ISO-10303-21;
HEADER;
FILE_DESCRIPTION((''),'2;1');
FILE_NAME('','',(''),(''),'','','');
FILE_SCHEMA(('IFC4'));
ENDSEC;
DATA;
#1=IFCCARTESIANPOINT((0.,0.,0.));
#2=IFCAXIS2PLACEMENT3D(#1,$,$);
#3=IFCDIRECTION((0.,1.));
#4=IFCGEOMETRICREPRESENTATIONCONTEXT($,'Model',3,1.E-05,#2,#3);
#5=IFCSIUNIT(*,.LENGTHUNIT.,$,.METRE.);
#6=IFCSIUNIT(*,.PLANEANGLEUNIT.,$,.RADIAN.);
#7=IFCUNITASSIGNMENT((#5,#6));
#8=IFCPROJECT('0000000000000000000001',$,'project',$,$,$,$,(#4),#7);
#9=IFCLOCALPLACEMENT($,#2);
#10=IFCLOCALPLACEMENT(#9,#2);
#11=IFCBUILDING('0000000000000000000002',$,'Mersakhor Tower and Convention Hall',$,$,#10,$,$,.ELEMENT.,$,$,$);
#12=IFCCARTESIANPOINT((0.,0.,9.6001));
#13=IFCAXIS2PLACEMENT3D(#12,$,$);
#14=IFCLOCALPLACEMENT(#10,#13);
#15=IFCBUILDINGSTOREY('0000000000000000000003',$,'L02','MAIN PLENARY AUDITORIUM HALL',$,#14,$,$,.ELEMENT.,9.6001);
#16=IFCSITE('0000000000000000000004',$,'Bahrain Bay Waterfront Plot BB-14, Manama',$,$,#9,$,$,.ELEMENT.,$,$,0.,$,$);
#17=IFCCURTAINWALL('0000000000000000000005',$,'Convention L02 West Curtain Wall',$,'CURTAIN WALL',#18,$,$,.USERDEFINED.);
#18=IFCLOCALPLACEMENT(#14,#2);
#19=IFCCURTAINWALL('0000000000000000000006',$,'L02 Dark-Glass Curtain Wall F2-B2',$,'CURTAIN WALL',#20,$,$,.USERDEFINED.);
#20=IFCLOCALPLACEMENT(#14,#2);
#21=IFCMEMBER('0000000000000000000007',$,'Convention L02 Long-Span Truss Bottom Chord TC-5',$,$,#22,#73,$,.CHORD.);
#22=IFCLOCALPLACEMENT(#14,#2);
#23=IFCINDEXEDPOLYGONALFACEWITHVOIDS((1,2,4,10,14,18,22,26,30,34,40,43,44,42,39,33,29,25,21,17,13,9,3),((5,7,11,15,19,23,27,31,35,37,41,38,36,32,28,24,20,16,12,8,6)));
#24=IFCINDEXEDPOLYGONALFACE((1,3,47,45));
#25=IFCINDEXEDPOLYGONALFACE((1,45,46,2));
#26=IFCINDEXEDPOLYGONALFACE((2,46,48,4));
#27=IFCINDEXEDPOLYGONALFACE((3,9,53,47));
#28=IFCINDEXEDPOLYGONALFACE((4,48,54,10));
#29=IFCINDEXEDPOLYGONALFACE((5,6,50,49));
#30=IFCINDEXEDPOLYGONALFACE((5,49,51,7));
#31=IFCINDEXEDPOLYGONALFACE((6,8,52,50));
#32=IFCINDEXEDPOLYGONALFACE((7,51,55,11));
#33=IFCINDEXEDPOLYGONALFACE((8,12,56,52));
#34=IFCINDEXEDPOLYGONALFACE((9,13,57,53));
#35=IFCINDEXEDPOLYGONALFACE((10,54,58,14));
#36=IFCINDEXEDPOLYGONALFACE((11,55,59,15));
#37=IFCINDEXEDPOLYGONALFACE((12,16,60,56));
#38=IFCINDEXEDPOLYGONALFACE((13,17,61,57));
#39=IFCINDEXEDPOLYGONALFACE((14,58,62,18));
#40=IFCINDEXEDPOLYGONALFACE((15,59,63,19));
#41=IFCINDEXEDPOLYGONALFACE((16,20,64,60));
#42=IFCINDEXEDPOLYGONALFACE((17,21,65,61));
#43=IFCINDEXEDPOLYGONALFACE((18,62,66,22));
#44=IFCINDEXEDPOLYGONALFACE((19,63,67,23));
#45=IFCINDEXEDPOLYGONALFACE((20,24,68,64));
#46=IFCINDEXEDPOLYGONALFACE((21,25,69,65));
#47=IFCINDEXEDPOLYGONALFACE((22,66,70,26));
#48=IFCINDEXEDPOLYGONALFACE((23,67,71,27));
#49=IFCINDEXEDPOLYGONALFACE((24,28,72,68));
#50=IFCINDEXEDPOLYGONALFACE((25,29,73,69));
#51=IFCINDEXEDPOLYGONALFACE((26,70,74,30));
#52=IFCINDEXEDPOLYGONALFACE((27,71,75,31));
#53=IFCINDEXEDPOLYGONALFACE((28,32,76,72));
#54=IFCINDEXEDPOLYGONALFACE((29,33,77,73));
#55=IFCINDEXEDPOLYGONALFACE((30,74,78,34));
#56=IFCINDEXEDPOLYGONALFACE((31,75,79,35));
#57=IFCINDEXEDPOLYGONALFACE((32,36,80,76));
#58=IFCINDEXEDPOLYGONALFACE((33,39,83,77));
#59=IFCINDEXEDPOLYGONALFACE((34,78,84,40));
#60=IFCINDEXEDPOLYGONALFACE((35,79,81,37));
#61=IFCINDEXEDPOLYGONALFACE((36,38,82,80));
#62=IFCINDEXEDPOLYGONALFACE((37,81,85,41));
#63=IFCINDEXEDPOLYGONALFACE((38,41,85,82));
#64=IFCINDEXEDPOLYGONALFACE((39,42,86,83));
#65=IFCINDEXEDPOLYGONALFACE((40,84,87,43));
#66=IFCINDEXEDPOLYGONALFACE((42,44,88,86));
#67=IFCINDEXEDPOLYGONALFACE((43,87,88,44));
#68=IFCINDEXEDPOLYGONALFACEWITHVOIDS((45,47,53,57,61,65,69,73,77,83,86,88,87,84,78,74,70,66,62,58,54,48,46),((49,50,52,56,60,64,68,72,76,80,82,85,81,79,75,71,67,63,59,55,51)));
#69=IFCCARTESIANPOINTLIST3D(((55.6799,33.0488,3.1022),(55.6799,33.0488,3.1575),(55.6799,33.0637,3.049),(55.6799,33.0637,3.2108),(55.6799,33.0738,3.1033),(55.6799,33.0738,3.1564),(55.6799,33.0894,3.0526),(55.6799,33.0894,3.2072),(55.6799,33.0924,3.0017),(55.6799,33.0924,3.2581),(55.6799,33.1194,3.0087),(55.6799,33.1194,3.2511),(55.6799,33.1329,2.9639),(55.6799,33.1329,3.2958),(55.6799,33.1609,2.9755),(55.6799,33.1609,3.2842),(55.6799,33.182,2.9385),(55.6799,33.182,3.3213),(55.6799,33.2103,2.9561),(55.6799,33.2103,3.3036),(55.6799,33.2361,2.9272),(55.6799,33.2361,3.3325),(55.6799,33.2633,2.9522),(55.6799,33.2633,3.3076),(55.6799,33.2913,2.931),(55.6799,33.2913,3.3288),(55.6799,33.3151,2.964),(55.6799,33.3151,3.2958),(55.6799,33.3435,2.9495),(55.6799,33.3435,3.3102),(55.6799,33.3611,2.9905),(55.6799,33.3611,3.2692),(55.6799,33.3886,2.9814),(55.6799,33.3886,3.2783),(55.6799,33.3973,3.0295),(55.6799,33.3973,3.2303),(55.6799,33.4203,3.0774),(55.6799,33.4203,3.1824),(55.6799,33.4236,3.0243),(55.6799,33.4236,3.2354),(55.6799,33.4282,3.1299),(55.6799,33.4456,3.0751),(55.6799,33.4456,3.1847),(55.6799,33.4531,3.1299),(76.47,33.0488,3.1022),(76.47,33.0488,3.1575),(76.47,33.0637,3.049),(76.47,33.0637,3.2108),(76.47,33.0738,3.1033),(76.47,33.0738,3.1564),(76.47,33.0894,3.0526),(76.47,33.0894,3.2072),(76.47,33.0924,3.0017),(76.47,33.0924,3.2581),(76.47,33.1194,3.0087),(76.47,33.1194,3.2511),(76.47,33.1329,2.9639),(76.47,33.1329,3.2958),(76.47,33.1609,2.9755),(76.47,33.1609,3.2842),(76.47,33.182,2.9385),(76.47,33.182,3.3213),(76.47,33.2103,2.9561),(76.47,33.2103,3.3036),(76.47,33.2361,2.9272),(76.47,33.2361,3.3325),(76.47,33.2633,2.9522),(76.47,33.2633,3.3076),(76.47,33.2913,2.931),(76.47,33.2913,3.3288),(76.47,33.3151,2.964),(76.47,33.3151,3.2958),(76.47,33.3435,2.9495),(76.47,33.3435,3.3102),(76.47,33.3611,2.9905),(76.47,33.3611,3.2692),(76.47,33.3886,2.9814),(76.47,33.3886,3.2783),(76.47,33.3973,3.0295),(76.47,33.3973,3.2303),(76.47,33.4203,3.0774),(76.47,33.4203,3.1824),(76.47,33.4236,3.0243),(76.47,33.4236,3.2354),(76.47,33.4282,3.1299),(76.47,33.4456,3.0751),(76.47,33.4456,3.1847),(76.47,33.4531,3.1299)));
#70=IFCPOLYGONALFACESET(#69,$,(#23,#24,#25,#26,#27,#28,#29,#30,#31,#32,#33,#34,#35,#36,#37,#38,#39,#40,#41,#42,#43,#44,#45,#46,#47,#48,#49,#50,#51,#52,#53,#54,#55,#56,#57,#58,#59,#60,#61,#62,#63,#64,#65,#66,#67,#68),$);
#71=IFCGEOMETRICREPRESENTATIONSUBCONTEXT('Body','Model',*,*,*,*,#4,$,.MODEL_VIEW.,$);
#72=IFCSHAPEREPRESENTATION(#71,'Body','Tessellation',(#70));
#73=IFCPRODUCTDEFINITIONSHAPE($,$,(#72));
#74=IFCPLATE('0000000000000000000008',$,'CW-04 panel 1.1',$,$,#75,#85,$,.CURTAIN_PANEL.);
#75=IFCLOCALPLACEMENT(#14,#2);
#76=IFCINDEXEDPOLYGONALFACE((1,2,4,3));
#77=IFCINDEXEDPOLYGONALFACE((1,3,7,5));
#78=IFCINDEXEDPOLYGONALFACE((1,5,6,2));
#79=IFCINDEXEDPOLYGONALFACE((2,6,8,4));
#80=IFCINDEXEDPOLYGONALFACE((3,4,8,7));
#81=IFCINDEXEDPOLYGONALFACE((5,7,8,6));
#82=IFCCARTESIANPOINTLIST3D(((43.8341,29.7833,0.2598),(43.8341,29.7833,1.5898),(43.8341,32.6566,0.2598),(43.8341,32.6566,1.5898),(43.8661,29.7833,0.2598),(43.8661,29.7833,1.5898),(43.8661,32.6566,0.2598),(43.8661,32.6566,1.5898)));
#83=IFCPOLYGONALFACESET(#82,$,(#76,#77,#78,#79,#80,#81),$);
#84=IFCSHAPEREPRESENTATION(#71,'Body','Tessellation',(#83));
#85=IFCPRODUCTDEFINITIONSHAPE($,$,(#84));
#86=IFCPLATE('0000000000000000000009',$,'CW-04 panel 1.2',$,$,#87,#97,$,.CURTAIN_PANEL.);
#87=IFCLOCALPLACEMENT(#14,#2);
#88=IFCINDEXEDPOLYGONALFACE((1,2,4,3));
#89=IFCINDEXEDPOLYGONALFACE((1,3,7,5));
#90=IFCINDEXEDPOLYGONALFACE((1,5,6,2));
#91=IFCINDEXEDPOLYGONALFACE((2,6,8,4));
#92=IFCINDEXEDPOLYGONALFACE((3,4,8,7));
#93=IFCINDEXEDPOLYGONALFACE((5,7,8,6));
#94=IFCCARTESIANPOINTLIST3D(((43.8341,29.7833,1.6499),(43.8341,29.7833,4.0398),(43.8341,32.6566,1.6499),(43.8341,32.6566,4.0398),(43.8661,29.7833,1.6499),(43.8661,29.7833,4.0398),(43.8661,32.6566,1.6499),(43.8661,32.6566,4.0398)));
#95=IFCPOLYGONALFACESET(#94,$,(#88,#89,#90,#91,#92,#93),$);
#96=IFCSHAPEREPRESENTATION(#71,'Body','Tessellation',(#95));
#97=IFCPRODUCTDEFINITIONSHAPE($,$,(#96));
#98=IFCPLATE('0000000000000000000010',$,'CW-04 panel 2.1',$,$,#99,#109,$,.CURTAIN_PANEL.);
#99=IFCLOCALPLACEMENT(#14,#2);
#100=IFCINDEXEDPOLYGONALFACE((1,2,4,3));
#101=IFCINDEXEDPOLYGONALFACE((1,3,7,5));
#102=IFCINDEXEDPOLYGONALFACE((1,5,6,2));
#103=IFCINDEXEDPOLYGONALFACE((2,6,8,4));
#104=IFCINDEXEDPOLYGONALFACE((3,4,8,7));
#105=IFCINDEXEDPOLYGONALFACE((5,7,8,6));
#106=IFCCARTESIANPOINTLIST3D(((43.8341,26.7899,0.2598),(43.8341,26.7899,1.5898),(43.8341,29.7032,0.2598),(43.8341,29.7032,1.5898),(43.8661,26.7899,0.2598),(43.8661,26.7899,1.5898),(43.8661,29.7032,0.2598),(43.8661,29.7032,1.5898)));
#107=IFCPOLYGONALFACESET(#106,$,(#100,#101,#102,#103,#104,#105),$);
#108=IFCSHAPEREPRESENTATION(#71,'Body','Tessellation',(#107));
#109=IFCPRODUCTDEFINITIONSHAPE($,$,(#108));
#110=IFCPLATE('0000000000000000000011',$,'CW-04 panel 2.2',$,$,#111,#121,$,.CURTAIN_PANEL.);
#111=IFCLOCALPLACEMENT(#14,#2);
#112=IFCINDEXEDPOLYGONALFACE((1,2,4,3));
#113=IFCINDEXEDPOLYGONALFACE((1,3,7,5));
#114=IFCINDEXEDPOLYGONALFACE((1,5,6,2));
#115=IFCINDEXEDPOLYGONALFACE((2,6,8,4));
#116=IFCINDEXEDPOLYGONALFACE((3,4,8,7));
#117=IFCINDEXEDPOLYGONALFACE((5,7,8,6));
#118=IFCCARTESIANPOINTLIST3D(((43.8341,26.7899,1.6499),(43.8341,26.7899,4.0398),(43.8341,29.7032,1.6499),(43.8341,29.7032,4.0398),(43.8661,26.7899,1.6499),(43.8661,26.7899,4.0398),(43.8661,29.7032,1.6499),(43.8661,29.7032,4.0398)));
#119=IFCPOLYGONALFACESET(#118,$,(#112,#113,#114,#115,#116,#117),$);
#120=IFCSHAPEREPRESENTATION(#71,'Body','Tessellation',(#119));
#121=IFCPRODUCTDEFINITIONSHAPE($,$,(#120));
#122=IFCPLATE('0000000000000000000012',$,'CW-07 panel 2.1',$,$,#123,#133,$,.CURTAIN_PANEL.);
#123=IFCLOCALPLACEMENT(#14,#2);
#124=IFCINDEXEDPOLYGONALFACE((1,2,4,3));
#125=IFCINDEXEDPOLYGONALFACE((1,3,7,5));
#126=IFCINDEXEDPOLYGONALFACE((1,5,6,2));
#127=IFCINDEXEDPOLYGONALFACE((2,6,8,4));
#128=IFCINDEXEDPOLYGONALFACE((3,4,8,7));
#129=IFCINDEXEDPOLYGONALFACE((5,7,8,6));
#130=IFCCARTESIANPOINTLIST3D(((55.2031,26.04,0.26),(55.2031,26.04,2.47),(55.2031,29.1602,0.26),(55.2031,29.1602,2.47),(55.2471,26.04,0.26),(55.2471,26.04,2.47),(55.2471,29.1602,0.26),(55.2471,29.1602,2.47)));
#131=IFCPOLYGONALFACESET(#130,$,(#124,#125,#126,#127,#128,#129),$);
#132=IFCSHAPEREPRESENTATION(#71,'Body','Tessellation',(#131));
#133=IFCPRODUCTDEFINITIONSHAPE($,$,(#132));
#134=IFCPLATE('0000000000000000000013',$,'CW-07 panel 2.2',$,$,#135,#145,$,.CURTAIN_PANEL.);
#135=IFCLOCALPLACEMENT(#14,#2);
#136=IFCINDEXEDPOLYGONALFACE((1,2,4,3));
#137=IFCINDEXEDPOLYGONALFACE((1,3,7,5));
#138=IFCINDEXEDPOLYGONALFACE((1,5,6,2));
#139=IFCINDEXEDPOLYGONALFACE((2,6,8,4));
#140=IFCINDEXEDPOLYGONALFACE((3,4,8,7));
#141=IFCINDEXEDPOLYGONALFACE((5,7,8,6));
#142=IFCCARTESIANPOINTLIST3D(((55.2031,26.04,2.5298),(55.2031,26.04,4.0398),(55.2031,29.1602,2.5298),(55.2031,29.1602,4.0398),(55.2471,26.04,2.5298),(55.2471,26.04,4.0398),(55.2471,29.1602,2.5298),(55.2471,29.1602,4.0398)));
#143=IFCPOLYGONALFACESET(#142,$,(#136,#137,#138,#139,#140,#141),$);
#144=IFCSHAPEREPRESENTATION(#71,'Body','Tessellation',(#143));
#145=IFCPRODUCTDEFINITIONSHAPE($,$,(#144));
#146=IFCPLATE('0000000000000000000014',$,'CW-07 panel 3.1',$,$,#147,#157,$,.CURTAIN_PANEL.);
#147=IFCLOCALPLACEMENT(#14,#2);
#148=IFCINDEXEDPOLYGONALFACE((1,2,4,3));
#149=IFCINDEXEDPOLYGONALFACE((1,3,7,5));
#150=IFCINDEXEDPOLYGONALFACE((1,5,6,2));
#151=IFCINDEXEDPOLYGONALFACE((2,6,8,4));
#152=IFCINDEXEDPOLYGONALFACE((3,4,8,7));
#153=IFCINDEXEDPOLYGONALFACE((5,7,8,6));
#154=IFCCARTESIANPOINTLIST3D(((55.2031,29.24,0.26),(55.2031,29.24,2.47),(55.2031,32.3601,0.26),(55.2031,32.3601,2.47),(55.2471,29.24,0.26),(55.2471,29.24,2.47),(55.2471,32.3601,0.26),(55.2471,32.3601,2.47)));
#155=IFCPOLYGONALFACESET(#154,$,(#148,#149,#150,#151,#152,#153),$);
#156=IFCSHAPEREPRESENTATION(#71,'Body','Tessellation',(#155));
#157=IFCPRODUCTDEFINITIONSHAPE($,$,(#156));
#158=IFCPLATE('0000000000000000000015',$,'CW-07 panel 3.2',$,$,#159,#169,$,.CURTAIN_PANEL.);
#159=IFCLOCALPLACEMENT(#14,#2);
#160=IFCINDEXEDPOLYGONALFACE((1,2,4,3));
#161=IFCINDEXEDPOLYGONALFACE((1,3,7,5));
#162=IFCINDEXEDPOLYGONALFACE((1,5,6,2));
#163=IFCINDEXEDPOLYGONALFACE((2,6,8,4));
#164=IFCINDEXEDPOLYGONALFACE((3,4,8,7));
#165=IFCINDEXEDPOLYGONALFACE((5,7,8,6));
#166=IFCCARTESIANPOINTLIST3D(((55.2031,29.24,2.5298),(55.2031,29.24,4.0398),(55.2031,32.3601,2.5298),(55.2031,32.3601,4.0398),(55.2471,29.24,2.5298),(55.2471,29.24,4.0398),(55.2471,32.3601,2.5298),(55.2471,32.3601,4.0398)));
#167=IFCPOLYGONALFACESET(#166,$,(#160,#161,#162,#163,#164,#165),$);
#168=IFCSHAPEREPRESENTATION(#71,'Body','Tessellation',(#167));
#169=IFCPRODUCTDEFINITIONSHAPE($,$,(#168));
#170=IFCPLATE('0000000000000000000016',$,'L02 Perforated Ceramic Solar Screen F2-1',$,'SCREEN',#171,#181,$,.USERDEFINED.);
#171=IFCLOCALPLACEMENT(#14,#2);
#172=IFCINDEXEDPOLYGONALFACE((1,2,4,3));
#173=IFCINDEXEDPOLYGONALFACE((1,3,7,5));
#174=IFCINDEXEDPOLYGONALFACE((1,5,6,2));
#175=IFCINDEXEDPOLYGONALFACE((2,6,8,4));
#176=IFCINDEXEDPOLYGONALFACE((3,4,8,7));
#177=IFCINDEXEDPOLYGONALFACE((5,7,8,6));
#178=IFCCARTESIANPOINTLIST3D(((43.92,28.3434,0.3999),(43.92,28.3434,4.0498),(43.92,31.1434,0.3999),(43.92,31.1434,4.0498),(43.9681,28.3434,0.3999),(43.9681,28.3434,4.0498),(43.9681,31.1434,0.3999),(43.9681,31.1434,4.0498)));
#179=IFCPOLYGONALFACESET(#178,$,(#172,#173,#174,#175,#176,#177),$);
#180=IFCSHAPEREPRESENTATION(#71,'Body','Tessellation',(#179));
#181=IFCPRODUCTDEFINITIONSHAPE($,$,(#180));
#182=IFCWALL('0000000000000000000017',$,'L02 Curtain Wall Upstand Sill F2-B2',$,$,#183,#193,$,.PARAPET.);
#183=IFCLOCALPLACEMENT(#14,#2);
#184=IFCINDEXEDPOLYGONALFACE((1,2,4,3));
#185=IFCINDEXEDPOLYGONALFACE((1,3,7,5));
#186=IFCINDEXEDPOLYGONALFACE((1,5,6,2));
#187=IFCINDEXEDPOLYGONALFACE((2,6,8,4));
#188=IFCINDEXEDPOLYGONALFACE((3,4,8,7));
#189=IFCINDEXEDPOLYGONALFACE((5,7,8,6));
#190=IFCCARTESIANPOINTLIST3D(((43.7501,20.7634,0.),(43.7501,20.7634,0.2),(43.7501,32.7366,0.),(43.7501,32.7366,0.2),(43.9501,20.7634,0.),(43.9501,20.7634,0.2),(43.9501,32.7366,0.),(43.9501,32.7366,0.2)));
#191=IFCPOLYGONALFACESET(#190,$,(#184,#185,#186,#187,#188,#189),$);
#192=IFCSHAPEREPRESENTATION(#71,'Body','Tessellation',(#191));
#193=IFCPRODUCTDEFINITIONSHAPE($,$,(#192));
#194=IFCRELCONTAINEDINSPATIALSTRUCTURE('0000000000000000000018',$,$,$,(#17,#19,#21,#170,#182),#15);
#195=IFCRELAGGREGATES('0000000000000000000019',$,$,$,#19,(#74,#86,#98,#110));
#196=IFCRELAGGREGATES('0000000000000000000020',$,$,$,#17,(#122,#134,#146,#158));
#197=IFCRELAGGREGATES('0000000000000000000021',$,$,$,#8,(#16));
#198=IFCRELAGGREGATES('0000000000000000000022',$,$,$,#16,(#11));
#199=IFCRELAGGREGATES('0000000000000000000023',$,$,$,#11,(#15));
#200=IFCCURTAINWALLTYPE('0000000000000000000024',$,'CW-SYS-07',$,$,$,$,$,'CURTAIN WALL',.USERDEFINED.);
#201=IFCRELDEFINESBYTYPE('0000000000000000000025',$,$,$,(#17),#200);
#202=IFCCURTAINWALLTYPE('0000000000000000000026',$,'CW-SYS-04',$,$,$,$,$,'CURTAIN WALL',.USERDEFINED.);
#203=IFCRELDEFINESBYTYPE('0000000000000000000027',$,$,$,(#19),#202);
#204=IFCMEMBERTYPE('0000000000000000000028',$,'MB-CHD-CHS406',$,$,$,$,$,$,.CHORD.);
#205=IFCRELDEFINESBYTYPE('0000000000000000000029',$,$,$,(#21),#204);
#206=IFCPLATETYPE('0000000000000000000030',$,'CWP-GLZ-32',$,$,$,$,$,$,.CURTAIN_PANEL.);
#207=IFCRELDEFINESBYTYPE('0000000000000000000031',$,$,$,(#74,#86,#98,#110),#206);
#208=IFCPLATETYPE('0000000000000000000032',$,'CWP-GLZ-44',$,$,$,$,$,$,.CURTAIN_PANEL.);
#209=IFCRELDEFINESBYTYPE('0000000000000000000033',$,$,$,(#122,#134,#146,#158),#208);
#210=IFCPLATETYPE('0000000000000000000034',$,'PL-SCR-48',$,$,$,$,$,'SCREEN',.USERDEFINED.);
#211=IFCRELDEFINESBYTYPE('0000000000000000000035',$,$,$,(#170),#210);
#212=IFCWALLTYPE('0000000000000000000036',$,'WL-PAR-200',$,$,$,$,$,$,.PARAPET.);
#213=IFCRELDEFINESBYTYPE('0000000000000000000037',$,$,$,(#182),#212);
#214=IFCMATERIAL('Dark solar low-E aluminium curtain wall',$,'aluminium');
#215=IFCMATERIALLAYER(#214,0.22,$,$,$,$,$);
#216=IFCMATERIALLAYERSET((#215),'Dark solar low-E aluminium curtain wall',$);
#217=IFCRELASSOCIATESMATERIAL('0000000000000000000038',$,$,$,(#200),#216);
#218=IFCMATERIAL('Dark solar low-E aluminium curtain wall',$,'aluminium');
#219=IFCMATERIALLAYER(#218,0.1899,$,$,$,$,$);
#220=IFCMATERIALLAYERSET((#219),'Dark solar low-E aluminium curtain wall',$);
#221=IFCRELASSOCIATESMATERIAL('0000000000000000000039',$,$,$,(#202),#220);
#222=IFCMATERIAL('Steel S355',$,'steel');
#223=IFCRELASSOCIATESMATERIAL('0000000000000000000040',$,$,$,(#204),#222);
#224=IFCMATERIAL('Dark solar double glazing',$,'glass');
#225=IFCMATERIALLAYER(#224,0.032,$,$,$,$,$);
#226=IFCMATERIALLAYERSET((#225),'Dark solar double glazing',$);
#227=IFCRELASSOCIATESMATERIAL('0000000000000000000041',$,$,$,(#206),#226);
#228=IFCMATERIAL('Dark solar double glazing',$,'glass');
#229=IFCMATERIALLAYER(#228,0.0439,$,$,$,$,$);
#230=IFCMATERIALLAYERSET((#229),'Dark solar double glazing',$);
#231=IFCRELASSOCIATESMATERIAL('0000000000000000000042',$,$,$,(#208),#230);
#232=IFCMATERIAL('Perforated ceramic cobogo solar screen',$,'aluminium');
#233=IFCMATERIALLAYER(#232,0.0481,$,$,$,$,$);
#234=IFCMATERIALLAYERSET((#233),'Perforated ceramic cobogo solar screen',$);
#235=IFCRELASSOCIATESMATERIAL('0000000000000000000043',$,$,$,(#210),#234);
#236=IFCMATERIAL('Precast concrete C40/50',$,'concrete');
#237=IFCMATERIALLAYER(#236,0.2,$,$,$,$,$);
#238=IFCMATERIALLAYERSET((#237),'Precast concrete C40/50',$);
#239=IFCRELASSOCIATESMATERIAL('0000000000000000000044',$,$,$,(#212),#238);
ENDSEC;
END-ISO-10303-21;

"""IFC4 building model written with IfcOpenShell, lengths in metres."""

from ifc_helpers import new_model, si_unit, direction, frame, frame_2d, origin, origin_2d, place, context, subcontext, project, spatial, rectangle, hollow_circle, extrude, material, layer, layer_set, material_profile, profile_set, type_object, element, aggregate, save


model = new_model("IFC4")

# Units and contexts
model_context = context("Model", 3, precision=1e-05, world=origin(), true_north=direction((0.0, 1.0)))
body_context = subcontext(model_context, "Body", "Model", "MODEL_VIEW")
ifc_project = project(units=[si_unit("LENGTHUNIT", "METRE"), si_unit("PLANEANGLEUNIT", "RADIAN")], contexts=[model_context])

# Site, building, storey
site_placement = place(None, origin())
site = spatial("IfcSite", under=ifc_project, at=site_placement, Name="Bahrain Bay Waterfront Plot BB-14, Manama", CompositionType="ELEMENT", RefElevation=0.0)
building_placement = place(site_placement, origin())
building = spatial("IfcBuilding", under=site, at=building_placement, Name="Mersakhor Tower and Convention Hall", CompositionType="ELEMENT")
storey_placement = place(building_placement, frame((0.0, 0.0, 9.6001)))
storey = spatial("IfcBuildingStorey", under=building, at=storey_placement, Name="L02", Description="MAIN PLENARY AUDITORIUM HALL", CompositionType="ELEMENT", Elevation=9.6001)

# Curtain walls
ifc_material_1 = material(Name="Dark solar low-E aluminium curtain wall", Category="aluminium")
ifc_layer_1 = layer(ifc_material_1, 0.22)
ifc_layer_set_1 = layer_set([ifc_layer_1], Name="Dark solar low-E aluminium curtain wall")
curtain_wall_type_1 = type_object("IfcCurtainWallType", Name="CW-SYS-07", ElementType="CURTAIN WALL", PredefinedType="USERDEFINED", material=ifc_layer_set_1)
curtain_wall_1_placement = place(storey_placement, origin())
curtain_wall_1 = element("IfcCurtainWall", 1, at=curtain_wall_1_placement, inside=storey, type_object=curtain_wall_type_1, Name="Convention L02 West Curtain Wall", ObjectType="CURTAIN WALL", PredefinedType="USERDEFINED")
ifc_material_2 = material(Name="Dark solar low-E aluminium curtain wall", Category="aluminium")
ifc_layer_2 = layer(ifc_material_2, 0.1899)
ifc_layer_set_2 = layer_set([ifc_layer_2], Name="Dark solar low-E aluminium curtain wall")
curtain_wall_type_2 = type_object("IfcCurtainWallType", Name="CW-SYS-04", ElementType="CURTAIN WALL", PredefinedType="USERDEFINED", material=ifc_layer_set_2)
curtain_wall_2_placement = place(storey_placement, origin())
curtain_wall_2 = element("IfcCurtainWall", 2, at=curtain_wall_2_placement, inside=storey, type_object=curtain_wall_type_2, Name="L02 Dark-Glass Curtain Wall F2-B2", ObjectType="CURTAIN WALL", PredefinedType="USERDEFINED")

# Member
ifc_material_3 = material(Name="Steel S355", Category="steel")
ifc_material_profile_1 = material_profile(ifc_material_3, hollow_circle(Radius=0.2031, WallThickness=0.0249, at=origin_2d()), Name="CHS 406.4x25")
ifc_profile_set_1 = profile_set([ifc_material_profile_1], Name="Steel S355")
member_type_1 = type_object("IfcMemberType", Name="MB-CHD-CHS406", PredefinedType="CHORD", material=ifc_profile_set_1)
member_1_placement = place(storey_placement, frame((55.6799, 33.25, 3.1299), z_axis=(1.0, 0.0, 0.0), x_axis=(0.0, 1.0, 0.0)))
element("IfcMember", 3, at=member_1_placement, inside=storey, type_object=member_type_1, Name="Convention L02 Long-Span Truss Bottom Chord TC-5", PredefinedType="CHORD", context=body_context, shape_type="SweptSolid", body=[
    extrude(hollow_circle(Radius=0.2031, WallThickness=0.0249, at=origin_2d()), origin(), (0.0, 0.0, 1.0), 20.79),
])

# Plates
ifc_material_4 = material(Name="Dark solar double glazing", Category="glass")
ifc_layer_3 = layer(ifc_material_4, 0.032)
ifc_layer_set_3 = layer_set([ifc_layer_3], Name="Dark solar double glazing")
plate_type_1 = type_object("IfcPlateType", Name="CWP-GLZ-32", PredefinedType="CURTAIN_PANEL", material=ifc_layer_set_3)
plate_1_placement = place(storey_placement, frame((43.8501, 31.22, 0.2598), z_axis=(0.0, 0.0, 1.0), x_axis=(0.0, -1.0, 0.0)))
plate_1 = element("IfcPlate", 4, at=plate_1_placement, type_object=plate_type_1, Name="CW-04 panel 1.1", PredefinedType="CURTAIN_PANEL", context=body_context, shape_type="SweptSolid", body=[
    extrude(rectangle(XDim=2.8733, YDim=0.032, at=origin_2d()), origin(), (0.0, 0.0, 1.0), 1.3301),
])
plate_2_placement = place(storey_placement, frame((43.8501, 31.22, 1.6499), z_axis=(0.0, 0.0, 1.0), x_axis=(0.0, -1.0, 0.0)))
plate_2 = element("IfcPlate", 5, at=plate_2_placement, type_object=plate_type_1, Name="CW-04 panel 1.2", PredefinedType="CURTAIN_PANEL", context=body_context, shape_type="SweptSolid", body=[
    extrude(rectangle(XDim=2.8733, YDim=0.032, at=origin_2d()), origin(), (0.0, 0.0, 1.0), 2.3899),
])
plate_3_placement = place(storey_placement, frame((43.8501, 28.2466, 0.2598), z_axis=(0.0, 0.0, 1.0), x_axis=(0.0, -1.0, 0.0)))
plate_3 = element("IfcPlate", 6, at=plate_3_placement, type_object=plate_type_1, Name="CW-04 panel 2.1", PredefinedType="CURTAIN_PANEL", context=body_context, shape_type="SweptSolid", body=[
    extrude(rectangle(XDim=2.9133, YDim=0.032, at=origin_2d()), origin(), (0.0, 0.0, 1.0), 1.3301),
])
plate_4_placement = place(storey_placement, frame((43.8501, 28.2466, 1.6499), z_axis=(0.0, 0.0, 1.0), x_axis=(0.0, -1.0, 0.0)))
plate_4 = element("IfcPlate", 7, at=plate_4_placement, type_object=plate_type_1, Name="CW-04 panel 2.2", PredefinedType="CURTAIN_PANEL", context=body_context, shape_type="SweptSolid", body=[
    extrude(rectangle(XDim=2.9133, YDim=0.032, at=origin_2d()), origin(), (0.0, 0.0, 1.0), 2.3899),
])
aggregate(curtain_wall_2, [plate_1, plate_2, plate_3, plate_4])
ifc_material_5 = material(Name="Dark solar double glazing", Category="glass")
ifc_layer_4 = layer(ifc_material_5, 0.0439)
ifc_layer_set_4 = layer_set([ifc_layer_4], Name="Dark solar double glazing")
plate_type_2 = type_object("IfcPlateType", Name="CWP-GLZ-44", PredefinedType="CURTAIN_PANEL", material=ifc_layer_set_4)
plate_5_placement = place(storey_placement, frame((55.2251, 27.6001, 0.26), z_axis=(0.0, 0.0, 1.0), x_axis=(0.0, 1.0, 0.0)))
plate_5 = element("IfcPlate", 8, at=plate_5_placement, type_object=plate_type_2, Name="CW-07 panel 2.1", PredefinedType="CURTAIN_PANEL", context=body_context, shape_type="SweptSolid", body=[
    extrude(rectangle(XDim=3.1201, YDim=0.0439, at=origin_2d()), origin(), (0.0, 0.0, 1.0), 2.21),
])
plate_6_placement = place(storey_placement, frame((55.2251, 27.6001, 2.5298), z_axis=(0.0, 0.0, 1.0), x_axis=(0.0, 1.0, 0.0)))
plate_6 = element("IfcPlate", 9, at=plate_6_placement, type_object=plate_type_2, Name="CW-07 panel 2.2", PredefinedType="CURTAIN_PANEL", context=body_context, shape_type="SweptSolid", body=[
    extrude(rectangle(XDim=3.1201, YDim=0.0439, at=origin_2d()), origin(), (0.0, 0.0, 1.0), 1.51),
])
plate_7_placement = place(storey_placement, frame((55.2251, 30.8, 0.26), z_axis=(0.0, 0.0, 1.0), x_axis=(0.0, 1.0, 0.0)))
plate_7 = element("IfcPlate", 10, at=plate_7_placement, type_object=plate_type_2, Name="CW-07 panel 3.1", PredefinedType="CURTAIN_PANEL", context=body_context, shape_type="SweptSolid", body=[
    extrude(rectangle(XDim=3.1201, YDim=0.0439, at=origin_2d()), origin(), (0.0, 0.0, 1.0), 2.21),
])
plate_8_placement = place(storey_placement, frame((55.2251, 30.8, 2.5298), z_axis=(0.0, 0.0, 1.0), x_axis=(0.0, 1.0, 0.0)))
plate_8 = element("IfcPlate", 11, at=plate_8_placement, type_object=plate_type_2, Name="CW-07 panel 3.2", PredefinedType="CURTAIN_PANEL", context=body_context, shape_type="SweptSolid", body=[
    extrude(rectangle(XDim=3.1201, YDim=0.0439, at=origin_2d()), origin(), (0.0, 0.0, 1.0), 1.51),
])
aggregate(curtain_wall_1, [plate_5, plate_6, plate_7, plate_8])
ifc_material_6 = material(Name="Perforated ceramic cobogo solar screen", Category="aluminium")
ifc_layer_5 = layer(ifc_material_6, 0.0481)
ifc_layer_set_5 = layer_set([ifc_layer_5], Name="Perforated ceramic cobogo solar screen")
plate_type_3 = type_object("IfcPlateType", Name="PL-SCR-48", ElementType="SCREEN", PredefinedType="USERDEFINED", material=ifc_layer_set_5)
plate_9_placement = place(storey_placement, frame((43.9441, 29.7434, 0.3999), z_axis=(0.0, 0.0, 1.0), x_axis=(0.0, -1.0, 0.0)))
element("IfcPlate", 12, at=plate_9_placement, inside=storey, type_object=plate_type_3, Name="L02 Perforated Ceramic Solar Screen F2-1", ObjectType="SCREEN", PredefinedType="USERDEFINED", context=body_context, shape_type="SweptSolid", body=[
    extrude(rectangle(XDim=2.8, YDim=0.0481, at=origin_2d()), origin(), (0.0, 0.0, 1.0), 3.6499),
])

# Wall
ifc_material_7 = material(Name="Precast concrete C40/50", Category="concrete")
ifc_layer_6 = layer(ifc_material_7, 0.2)
ifc_layer_set_6 = layer_set([ifc_layer_6], Name="Precast concrete C40/50")
wall_type = type_object("IfcWallType", Name="WL-PAR-200", PredefinedType="PARAPET", material=ifc_layer_set_6)
wall_placement = place(storey_placement, frame((43.8501, 32.7366, 0.0), z_axis=(0.0, 0.0, 1.0), x_axis=(0.0, -1.0, 0.0)))
element("IfcWall", 13, at=wall_placement, inside=storey, type_object=wall_type, Name="L02 Curtain Wall Upstand Sill F2-B2", PredefinedType="PARAPET", context=body_context, shape_type="SweptSolid", body=[
    extrude(rectangle(XDim=11.9731, YDim=0.2, at=frame_2d((5.9866, 0.0))), origin(), (0.0, 0.0, 1.0), 0.2),
])

save(model, "model.ifc")
